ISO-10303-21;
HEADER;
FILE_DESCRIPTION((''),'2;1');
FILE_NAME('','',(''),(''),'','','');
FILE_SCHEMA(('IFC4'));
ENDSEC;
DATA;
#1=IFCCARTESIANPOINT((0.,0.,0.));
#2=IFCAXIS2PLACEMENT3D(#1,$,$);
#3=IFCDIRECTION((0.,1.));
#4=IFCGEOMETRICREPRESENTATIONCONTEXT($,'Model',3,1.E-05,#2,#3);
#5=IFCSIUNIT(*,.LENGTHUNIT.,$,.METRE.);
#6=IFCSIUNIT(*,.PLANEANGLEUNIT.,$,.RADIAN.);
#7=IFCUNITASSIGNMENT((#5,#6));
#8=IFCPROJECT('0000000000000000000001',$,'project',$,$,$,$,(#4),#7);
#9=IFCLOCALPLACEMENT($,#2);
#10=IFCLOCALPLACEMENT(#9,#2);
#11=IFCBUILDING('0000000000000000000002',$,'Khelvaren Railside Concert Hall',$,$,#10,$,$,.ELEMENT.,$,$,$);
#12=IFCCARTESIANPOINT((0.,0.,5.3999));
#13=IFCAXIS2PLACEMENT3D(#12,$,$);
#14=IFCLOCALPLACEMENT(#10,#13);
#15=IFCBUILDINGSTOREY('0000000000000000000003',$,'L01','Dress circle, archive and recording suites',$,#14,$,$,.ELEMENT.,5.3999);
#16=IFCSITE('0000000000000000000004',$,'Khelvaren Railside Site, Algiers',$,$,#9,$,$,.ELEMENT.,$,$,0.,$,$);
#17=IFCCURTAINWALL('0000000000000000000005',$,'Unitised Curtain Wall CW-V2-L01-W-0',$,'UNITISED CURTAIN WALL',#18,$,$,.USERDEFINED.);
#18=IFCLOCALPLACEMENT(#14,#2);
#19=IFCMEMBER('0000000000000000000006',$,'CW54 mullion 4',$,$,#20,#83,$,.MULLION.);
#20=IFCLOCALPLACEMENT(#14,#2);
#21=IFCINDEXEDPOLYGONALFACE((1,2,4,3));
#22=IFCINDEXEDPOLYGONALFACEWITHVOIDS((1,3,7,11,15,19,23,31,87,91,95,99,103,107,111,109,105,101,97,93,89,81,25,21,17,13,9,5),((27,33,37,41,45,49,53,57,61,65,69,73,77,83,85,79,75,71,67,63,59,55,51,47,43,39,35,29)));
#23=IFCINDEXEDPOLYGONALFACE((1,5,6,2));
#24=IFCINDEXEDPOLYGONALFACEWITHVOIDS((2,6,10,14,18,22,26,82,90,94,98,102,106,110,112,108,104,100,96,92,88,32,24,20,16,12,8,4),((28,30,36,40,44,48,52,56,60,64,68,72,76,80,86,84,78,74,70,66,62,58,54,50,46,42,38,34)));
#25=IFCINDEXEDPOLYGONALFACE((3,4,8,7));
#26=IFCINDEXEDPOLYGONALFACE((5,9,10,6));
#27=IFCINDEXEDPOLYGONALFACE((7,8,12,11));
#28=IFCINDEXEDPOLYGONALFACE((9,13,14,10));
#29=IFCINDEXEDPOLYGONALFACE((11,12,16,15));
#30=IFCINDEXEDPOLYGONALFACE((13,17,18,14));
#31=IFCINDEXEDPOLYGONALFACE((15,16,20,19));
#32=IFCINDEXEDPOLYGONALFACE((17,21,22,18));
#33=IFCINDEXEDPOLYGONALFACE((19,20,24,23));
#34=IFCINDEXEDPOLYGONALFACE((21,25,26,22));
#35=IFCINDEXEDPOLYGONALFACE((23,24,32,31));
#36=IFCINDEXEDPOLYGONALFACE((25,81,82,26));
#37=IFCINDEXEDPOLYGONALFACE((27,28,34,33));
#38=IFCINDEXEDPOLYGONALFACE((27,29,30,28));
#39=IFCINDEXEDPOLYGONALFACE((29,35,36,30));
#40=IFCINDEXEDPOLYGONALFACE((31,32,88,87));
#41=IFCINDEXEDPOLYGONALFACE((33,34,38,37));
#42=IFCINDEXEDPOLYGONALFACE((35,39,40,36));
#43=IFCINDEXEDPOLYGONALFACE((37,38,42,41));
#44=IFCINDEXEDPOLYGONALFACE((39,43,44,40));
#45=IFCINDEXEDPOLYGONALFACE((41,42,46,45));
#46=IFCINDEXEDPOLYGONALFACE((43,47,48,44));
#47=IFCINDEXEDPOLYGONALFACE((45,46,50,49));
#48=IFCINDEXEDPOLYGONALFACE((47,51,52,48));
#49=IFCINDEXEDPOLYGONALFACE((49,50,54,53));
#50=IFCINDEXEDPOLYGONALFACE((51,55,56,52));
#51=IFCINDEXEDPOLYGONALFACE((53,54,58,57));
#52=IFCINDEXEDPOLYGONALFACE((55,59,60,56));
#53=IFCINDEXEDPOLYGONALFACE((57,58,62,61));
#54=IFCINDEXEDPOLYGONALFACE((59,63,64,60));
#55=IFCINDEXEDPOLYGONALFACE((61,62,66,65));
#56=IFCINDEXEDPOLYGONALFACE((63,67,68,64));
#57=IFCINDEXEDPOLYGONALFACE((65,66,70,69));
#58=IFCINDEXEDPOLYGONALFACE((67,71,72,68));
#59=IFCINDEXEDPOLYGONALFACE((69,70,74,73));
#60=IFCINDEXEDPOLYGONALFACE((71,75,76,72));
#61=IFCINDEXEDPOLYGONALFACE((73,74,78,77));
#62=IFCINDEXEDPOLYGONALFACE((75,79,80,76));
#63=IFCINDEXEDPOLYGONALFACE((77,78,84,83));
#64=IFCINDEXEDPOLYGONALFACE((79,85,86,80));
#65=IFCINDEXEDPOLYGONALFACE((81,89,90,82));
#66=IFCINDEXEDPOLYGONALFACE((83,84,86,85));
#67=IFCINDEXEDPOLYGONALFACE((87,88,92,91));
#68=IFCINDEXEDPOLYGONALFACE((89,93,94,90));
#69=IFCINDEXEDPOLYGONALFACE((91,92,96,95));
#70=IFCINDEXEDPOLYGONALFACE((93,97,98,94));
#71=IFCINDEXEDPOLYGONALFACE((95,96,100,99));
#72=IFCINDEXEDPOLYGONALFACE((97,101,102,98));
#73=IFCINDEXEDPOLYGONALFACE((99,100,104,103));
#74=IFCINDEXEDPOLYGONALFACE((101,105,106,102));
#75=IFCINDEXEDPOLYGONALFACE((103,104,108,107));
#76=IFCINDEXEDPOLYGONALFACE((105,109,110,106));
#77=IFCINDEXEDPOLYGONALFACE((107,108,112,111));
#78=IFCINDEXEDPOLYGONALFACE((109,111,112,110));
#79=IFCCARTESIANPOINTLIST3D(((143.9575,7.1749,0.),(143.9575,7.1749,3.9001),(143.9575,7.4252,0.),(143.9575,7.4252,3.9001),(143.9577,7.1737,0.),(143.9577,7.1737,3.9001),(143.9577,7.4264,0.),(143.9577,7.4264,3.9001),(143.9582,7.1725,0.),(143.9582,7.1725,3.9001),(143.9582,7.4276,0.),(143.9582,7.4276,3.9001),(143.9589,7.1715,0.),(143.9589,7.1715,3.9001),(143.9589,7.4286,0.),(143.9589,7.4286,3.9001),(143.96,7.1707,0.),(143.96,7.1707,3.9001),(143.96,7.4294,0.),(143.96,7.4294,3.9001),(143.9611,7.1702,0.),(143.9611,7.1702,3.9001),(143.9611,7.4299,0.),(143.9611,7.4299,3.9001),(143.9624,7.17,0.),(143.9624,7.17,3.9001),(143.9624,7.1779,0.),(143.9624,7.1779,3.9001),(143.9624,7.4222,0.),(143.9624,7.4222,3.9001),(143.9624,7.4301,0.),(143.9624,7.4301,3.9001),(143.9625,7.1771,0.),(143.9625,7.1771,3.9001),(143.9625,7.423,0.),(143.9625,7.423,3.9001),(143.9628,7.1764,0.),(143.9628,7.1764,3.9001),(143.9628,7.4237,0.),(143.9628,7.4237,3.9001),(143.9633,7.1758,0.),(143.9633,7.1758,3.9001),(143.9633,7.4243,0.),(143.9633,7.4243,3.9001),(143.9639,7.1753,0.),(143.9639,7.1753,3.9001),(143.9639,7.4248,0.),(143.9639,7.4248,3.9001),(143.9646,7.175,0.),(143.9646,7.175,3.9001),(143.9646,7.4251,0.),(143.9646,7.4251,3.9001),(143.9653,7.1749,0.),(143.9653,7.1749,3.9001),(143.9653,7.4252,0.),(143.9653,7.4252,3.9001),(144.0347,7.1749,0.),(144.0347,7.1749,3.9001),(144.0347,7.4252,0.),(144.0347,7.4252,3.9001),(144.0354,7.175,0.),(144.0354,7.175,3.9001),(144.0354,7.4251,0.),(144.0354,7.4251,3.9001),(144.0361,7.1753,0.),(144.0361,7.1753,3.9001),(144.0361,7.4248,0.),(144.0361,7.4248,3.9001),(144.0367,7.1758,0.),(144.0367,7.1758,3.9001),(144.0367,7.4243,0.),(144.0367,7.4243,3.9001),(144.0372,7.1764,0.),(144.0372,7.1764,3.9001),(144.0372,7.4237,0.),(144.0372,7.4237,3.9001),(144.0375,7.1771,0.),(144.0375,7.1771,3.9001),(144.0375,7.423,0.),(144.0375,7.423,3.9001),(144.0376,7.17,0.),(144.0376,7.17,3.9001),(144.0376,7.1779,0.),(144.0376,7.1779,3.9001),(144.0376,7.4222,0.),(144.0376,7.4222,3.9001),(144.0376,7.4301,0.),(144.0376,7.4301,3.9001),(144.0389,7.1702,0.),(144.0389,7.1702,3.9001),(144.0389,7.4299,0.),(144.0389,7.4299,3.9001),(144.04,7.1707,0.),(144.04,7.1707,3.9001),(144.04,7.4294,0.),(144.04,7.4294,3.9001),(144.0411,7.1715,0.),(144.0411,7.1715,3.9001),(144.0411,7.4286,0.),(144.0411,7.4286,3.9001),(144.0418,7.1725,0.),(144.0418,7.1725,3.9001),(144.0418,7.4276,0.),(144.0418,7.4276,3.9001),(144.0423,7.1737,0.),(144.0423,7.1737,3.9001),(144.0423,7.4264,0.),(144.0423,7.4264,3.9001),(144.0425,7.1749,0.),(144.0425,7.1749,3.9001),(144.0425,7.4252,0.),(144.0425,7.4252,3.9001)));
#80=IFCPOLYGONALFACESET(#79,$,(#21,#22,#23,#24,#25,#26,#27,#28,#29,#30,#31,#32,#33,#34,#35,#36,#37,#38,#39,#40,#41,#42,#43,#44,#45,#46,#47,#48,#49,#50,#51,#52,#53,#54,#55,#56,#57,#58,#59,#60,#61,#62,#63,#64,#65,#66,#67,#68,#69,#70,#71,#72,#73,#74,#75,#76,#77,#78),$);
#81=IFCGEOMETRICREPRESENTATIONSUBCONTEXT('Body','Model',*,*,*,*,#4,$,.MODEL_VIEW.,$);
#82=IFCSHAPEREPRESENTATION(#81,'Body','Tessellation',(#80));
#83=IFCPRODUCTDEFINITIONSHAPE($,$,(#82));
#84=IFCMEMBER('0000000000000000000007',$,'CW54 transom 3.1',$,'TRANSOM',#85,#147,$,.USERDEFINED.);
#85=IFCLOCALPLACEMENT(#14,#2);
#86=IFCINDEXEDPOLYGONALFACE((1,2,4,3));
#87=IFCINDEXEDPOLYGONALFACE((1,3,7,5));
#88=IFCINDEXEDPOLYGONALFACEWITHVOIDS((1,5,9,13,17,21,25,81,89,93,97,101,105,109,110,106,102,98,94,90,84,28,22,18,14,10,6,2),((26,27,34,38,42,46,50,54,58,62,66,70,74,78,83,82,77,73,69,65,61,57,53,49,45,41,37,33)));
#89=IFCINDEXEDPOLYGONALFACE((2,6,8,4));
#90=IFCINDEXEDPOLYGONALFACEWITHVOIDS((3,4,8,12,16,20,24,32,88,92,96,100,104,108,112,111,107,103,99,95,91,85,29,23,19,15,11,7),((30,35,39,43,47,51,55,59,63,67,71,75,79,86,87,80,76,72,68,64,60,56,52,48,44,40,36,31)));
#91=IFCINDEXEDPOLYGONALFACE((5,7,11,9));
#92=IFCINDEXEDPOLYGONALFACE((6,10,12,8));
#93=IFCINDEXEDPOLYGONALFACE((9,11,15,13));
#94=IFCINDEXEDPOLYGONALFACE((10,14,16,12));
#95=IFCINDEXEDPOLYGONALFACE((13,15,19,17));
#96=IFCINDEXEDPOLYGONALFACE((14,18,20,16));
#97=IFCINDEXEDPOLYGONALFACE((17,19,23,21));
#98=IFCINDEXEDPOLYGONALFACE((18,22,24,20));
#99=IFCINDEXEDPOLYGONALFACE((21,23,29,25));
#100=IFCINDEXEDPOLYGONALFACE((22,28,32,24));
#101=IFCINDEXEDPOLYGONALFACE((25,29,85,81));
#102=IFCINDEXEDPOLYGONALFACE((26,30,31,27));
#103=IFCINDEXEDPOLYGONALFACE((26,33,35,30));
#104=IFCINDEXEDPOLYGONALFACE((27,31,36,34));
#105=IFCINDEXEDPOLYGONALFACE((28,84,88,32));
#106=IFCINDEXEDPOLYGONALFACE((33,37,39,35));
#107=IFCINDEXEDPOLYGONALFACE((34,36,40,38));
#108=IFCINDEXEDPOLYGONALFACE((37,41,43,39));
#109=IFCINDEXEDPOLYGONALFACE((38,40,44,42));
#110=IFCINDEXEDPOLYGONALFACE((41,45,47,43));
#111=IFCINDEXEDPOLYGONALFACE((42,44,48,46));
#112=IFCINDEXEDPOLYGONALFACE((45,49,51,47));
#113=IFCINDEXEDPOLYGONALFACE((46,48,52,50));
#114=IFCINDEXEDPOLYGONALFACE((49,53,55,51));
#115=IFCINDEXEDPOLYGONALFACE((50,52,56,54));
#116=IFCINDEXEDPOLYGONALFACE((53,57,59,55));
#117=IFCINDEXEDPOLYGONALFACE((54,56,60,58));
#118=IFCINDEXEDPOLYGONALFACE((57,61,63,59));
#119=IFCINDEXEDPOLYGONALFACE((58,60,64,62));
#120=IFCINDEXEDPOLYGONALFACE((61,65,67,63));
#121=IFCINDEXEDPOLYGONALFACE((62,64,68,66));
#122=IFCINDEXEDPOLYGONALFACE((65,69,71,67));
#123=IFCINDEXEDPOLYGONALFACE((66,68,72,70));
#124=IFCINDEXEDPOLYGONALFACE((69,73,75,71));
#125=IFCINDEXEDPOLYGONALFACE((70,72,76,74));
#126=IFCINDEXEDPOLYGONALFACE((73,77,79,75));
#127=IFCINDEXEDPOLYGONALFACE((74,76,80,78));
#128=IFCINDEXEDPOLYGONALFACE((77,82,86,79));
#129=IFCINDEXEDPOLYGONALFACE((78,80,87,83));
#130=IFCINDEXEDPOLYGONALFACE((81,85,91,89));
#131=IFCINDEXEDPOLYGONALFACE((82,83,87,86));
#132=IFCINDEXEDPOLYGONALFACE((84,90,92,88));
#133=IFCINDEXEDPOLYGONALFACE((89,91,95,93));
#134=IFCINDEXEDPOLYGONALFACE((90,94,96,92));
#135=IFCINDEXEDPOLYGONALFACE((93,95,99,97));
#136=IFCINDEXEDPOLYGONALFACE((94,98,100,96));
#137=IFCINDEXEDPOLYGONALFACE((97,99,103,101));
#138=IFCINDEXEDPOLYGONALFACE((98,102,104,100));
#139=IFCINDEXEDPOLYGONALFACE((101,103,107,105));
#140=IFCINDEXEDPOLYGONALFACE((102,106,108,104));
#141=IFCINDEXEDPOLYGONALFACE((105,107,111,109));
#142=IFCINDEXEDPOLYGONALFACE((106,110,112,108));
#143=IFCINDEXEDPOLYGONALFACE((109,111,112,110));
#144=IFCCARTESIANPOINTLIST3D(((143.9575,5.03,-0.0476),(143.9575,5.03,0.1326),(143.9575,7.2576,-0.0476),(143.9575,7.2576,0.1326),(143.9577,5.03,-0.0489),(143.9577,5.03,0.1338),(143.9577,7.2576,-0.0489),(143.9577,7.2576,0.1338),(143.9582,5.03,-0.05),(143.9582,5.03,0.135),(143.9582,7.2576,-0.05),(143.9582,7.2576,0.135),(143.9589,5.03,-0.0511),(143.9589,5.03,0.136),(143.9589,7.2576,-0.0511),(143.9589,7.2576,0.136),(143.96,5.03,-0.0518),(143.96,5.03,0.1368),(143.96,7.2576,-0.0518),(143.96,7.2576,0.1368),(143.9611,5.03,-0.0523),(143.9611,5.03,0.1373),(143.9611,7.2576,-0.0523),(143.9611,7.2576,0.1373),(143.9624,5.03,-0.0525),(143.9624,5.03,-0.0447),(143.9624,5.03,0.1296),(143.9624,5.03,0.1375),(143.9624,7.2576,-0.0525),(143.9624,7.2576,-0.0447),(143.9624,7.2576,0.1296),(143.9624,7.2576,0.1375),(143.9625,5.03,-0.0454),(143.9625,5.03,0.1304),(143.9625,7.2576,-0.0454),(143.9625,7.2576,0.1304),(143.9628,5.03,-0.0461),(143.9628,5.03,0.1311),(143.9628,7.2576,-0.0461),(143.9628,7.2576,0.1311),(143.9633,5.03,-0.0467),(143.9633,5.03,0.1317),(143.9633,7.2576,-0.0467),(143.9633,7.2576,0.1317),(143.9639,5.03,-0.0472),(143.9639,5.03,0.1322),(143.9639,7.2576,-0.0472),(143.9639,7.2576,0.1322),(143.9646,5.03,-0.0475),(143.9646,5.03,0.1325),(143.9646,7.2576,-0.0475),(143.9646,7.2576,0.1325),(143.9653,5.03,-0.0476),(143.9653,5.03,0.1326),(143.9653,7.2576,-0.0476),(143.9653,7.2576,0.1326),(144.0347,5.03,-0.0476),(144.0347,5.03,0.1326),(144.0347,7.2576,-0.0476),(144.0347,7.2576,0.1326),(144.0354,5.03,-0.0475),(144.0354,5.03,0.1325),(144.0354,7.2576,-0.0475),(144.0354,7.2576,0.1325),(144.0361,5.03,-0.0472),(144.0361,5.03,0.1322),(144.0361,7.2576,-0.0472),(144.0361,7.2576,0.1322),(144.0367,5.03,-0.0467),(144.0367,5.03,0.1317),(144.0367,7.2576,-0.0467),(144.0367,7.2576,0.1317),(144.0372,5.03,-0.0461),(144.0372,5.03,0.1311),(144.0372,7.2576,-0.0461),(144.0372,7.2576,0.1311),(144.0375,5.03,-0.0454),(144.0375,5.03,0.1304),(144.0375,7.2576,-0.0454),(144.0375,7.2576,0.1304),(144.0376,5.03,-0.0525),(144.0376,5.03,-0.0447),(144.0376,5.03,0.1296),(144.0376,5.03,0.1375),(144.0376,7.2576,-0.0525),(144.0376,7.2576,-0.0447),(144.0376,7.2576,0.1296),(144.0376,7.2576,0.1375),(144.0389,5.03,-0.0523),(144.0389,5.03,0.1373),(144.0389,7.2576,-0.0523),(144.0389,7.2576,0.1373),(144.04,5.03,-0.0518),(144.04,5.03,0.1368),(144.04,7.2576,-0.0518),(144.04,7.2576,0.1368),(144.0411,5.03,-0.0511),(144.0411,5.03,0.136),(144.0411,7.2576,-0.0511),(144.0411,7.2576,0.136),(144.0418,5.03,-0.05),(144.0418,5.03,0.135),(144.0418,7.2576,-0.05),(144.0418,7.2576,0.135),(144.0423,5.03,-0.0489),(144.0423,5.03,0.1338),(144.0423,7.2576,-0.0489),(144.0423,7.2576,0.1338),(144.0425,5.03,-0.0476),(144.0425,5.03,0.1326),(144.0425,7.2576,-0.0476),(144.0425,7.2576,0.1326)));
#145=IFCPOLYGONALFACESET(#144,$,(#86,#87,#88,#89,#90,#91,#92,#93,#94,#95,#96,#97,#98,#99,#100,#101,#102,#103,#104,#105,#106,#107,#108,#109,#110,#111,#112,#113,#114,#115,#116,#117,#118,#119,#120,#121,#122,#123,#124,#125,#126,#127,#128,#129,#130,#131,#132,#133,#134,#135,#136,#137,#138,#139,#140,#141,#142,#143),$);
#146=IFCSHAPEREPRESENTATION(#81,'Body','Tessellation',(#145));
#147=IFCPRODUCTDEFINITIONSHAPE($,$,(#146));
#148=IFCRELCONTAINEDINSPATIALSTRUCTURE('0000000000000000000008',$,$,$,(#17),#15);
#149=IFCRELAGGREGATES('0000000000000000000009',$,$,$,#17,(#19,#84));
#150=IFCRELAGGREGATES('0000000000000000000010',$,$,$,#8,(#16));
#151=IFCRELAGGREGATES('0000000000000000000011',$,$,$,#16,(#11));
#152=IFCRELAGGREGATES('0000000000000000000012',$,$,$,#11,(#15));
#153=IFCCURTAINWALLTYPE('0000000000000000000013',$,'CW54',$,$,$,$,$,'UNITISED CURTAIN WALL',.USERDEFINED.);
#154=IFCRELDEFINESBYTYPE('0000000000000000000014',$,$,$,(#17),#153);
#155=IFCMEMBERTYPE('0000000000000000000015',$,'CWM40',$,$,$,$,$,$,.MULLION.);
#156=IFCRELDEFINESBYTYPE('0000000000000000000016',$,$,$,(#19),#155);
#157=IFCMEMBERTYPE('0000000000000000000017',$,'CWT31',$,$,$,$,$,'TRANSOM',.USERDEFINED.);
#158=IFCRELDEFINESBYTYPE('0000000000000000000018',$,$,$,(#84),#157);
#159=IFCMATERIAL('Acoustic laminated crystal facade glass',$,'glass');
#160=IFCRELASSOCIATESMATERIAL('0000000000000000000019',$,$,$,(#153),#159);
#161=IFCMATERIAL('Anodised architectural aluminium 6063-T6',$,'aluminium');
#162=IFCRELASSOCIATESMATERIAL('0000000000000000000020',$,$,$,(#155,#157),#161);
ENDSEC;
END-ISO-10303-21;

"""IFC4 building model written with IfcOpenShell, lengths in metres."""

from ifc_helpers import new_model, si_unit, direction, frame, origin, origin_2d, place, context, subcontext, project, spatial, hollow_rectangle, extrude, material, material_profile, profile_set, type_object, element, aggregate, save


model = new_model("IFC4")

# Units and contexts
model_context = context("Model", 3, precision=1e-05, world=origin(), true_north=direction((0.0, 1.0)))
body_context = subcontext(model_context, "Body", "Model", "MODEL_VIEW")
ifc_project = project(units=[si_unit("LENGTHUNIT", "METRE"), si_unit("PLANEANGLEUNIT", "RADIAN")], contexts=[model_context])

# Site, building, storey
site_placement = place(None, origin())
site = spatial("IfcSite", under=ifc_project, at=site_placement, Name="Khelvaren Railside Site, Algiers", CompositionType="ELEMENT", RefElevation=0.0)
building_placement = place(site_placement, origin())
building = spatial("IfcBuilding", under=site, at=building_placement, Name="Khelvaren Railside Concert Hall", CompositionType="ELEMENT")
storey_placement = place(building_placement, frame((0.0, 0.0, 5.3999)))
storey = spatial("IfcBuildingStorey", under=building, at=storey_placement, Name="L01", Description="Dress circle, archive and recording suites", CompositionType="ELEMENT", Elevation=5.3999)

# Curtain wall, members
ifc_material_1 = material(Name="Acoustic laminated crystal facade glass", Category="glass")
curtain_wall_type = type_object("IfcCurtainWallType", Name="CW54", ElementType="UNITISED CURTAIN WALL", PredefinedType="USERDEFINED", material=ifc_material_1)
curtain_wall_placement = place(storey_placement, origin())
curtain_wall = element("IfcCurtainWall", 1, at=curtain_wall_placement, inside=storey, type_object=curtain_wall_type, Name="Unitised Curtain Wall CW-V2-L01-W-0", ObjectType="UNITISED CURTAIN WALL", PredefinedType="USERDEFINED")
ifc_material_2 = material(Name="Anodised architectural aluminium 6063-T6", Category="aluminium")
ifc_material_profile_1 = material_profile(ifc_material_2, hollow_rectangle(XDim=0.085, YDim=0.26, WallThickness=0.0049, InnerFilletRadius=0.0029, OuterFilletRadius=0.0049, at=origin_2d()), Name="CWM 85x260x5")
ifc_profile_set_1 = profile_set([ifc_material_profile_1], Name="Anodised architectural aluminium 6063-T6")
member_type_1 = type_object("IfcMemberType", Name="CWM40", PredefinedType="MULLION", material=ifc_profile_set_1)
member_1_placement = place(storey_placement, frame((144.0, 7.3, 0.0), z_axis=(0.0, 0.0, 1.0), x_axis=(-1.0, 0.0, 0.0)))
member_1 = element("IfcMember", 2, at=member_1_placement, type_object=member_type_1, Name="CW54 mullion 4", PredefinedType="MULLION", context=body_context, shape_type="SweptSolid", body=[
    extrude(hollow_rectangle(XDim=0.085, YDim=0.26, WallThickness=0.0049, InnerFilletRadius=0.0029, OuterFilletRadius=0.0049, at=origin_2d()), origin(), (0.0, 0.0, 1.0), 3.9001),
])
ifc_material_profile_2 = material_profile(ifc_material_2, hollow_rectangle(XDim=0.085, YDim=0.1899, WallThickness=0.0049, InnerFilletRadius=0.0029, OuterFilletRadius=0.0049, at=origin_2d()), Name="CWT 85x190x5")
ifc_profile_set_2 = profile_set([ifc_material_profile_2], Name="Anodised architectural aluminium 6063-T6")
member_type_2 = type_object("IfcMemberType", Name="CWT31", ElementType="TRANSOM", PredefinedType="USERDEFINED", material=ifc_profile_set_2)
member_2_placement = place(storey_placement, frame((144.0, 5.03, 0.0425), z_axis=(0.0, 1.0, 0.0), x_axis=(-1.0, 0.0, 0.0)))
member_2 = element("IfcMember", 3, at=member_2_placement, type_object=member_type_2, Name="CW54 transom 3.1", ObjectType="TRANSOM", PredefinedType="USERDEFINED", context=body_context, shape_type="SweptSolid", body=[
    extrude(hollow_rectangle(XDim=0.085, YDim=0.1899, WallThickness=0.0049, InnerFilletRadius=0.0029, OuterFilletRadius=0.0049, at=origin_2d()), origin(), (0.0, 0.0, 1.0), 2.2275),
])

aggregate(curtain_wall, [member_1, member_2])

save(model, "model.ifc")
